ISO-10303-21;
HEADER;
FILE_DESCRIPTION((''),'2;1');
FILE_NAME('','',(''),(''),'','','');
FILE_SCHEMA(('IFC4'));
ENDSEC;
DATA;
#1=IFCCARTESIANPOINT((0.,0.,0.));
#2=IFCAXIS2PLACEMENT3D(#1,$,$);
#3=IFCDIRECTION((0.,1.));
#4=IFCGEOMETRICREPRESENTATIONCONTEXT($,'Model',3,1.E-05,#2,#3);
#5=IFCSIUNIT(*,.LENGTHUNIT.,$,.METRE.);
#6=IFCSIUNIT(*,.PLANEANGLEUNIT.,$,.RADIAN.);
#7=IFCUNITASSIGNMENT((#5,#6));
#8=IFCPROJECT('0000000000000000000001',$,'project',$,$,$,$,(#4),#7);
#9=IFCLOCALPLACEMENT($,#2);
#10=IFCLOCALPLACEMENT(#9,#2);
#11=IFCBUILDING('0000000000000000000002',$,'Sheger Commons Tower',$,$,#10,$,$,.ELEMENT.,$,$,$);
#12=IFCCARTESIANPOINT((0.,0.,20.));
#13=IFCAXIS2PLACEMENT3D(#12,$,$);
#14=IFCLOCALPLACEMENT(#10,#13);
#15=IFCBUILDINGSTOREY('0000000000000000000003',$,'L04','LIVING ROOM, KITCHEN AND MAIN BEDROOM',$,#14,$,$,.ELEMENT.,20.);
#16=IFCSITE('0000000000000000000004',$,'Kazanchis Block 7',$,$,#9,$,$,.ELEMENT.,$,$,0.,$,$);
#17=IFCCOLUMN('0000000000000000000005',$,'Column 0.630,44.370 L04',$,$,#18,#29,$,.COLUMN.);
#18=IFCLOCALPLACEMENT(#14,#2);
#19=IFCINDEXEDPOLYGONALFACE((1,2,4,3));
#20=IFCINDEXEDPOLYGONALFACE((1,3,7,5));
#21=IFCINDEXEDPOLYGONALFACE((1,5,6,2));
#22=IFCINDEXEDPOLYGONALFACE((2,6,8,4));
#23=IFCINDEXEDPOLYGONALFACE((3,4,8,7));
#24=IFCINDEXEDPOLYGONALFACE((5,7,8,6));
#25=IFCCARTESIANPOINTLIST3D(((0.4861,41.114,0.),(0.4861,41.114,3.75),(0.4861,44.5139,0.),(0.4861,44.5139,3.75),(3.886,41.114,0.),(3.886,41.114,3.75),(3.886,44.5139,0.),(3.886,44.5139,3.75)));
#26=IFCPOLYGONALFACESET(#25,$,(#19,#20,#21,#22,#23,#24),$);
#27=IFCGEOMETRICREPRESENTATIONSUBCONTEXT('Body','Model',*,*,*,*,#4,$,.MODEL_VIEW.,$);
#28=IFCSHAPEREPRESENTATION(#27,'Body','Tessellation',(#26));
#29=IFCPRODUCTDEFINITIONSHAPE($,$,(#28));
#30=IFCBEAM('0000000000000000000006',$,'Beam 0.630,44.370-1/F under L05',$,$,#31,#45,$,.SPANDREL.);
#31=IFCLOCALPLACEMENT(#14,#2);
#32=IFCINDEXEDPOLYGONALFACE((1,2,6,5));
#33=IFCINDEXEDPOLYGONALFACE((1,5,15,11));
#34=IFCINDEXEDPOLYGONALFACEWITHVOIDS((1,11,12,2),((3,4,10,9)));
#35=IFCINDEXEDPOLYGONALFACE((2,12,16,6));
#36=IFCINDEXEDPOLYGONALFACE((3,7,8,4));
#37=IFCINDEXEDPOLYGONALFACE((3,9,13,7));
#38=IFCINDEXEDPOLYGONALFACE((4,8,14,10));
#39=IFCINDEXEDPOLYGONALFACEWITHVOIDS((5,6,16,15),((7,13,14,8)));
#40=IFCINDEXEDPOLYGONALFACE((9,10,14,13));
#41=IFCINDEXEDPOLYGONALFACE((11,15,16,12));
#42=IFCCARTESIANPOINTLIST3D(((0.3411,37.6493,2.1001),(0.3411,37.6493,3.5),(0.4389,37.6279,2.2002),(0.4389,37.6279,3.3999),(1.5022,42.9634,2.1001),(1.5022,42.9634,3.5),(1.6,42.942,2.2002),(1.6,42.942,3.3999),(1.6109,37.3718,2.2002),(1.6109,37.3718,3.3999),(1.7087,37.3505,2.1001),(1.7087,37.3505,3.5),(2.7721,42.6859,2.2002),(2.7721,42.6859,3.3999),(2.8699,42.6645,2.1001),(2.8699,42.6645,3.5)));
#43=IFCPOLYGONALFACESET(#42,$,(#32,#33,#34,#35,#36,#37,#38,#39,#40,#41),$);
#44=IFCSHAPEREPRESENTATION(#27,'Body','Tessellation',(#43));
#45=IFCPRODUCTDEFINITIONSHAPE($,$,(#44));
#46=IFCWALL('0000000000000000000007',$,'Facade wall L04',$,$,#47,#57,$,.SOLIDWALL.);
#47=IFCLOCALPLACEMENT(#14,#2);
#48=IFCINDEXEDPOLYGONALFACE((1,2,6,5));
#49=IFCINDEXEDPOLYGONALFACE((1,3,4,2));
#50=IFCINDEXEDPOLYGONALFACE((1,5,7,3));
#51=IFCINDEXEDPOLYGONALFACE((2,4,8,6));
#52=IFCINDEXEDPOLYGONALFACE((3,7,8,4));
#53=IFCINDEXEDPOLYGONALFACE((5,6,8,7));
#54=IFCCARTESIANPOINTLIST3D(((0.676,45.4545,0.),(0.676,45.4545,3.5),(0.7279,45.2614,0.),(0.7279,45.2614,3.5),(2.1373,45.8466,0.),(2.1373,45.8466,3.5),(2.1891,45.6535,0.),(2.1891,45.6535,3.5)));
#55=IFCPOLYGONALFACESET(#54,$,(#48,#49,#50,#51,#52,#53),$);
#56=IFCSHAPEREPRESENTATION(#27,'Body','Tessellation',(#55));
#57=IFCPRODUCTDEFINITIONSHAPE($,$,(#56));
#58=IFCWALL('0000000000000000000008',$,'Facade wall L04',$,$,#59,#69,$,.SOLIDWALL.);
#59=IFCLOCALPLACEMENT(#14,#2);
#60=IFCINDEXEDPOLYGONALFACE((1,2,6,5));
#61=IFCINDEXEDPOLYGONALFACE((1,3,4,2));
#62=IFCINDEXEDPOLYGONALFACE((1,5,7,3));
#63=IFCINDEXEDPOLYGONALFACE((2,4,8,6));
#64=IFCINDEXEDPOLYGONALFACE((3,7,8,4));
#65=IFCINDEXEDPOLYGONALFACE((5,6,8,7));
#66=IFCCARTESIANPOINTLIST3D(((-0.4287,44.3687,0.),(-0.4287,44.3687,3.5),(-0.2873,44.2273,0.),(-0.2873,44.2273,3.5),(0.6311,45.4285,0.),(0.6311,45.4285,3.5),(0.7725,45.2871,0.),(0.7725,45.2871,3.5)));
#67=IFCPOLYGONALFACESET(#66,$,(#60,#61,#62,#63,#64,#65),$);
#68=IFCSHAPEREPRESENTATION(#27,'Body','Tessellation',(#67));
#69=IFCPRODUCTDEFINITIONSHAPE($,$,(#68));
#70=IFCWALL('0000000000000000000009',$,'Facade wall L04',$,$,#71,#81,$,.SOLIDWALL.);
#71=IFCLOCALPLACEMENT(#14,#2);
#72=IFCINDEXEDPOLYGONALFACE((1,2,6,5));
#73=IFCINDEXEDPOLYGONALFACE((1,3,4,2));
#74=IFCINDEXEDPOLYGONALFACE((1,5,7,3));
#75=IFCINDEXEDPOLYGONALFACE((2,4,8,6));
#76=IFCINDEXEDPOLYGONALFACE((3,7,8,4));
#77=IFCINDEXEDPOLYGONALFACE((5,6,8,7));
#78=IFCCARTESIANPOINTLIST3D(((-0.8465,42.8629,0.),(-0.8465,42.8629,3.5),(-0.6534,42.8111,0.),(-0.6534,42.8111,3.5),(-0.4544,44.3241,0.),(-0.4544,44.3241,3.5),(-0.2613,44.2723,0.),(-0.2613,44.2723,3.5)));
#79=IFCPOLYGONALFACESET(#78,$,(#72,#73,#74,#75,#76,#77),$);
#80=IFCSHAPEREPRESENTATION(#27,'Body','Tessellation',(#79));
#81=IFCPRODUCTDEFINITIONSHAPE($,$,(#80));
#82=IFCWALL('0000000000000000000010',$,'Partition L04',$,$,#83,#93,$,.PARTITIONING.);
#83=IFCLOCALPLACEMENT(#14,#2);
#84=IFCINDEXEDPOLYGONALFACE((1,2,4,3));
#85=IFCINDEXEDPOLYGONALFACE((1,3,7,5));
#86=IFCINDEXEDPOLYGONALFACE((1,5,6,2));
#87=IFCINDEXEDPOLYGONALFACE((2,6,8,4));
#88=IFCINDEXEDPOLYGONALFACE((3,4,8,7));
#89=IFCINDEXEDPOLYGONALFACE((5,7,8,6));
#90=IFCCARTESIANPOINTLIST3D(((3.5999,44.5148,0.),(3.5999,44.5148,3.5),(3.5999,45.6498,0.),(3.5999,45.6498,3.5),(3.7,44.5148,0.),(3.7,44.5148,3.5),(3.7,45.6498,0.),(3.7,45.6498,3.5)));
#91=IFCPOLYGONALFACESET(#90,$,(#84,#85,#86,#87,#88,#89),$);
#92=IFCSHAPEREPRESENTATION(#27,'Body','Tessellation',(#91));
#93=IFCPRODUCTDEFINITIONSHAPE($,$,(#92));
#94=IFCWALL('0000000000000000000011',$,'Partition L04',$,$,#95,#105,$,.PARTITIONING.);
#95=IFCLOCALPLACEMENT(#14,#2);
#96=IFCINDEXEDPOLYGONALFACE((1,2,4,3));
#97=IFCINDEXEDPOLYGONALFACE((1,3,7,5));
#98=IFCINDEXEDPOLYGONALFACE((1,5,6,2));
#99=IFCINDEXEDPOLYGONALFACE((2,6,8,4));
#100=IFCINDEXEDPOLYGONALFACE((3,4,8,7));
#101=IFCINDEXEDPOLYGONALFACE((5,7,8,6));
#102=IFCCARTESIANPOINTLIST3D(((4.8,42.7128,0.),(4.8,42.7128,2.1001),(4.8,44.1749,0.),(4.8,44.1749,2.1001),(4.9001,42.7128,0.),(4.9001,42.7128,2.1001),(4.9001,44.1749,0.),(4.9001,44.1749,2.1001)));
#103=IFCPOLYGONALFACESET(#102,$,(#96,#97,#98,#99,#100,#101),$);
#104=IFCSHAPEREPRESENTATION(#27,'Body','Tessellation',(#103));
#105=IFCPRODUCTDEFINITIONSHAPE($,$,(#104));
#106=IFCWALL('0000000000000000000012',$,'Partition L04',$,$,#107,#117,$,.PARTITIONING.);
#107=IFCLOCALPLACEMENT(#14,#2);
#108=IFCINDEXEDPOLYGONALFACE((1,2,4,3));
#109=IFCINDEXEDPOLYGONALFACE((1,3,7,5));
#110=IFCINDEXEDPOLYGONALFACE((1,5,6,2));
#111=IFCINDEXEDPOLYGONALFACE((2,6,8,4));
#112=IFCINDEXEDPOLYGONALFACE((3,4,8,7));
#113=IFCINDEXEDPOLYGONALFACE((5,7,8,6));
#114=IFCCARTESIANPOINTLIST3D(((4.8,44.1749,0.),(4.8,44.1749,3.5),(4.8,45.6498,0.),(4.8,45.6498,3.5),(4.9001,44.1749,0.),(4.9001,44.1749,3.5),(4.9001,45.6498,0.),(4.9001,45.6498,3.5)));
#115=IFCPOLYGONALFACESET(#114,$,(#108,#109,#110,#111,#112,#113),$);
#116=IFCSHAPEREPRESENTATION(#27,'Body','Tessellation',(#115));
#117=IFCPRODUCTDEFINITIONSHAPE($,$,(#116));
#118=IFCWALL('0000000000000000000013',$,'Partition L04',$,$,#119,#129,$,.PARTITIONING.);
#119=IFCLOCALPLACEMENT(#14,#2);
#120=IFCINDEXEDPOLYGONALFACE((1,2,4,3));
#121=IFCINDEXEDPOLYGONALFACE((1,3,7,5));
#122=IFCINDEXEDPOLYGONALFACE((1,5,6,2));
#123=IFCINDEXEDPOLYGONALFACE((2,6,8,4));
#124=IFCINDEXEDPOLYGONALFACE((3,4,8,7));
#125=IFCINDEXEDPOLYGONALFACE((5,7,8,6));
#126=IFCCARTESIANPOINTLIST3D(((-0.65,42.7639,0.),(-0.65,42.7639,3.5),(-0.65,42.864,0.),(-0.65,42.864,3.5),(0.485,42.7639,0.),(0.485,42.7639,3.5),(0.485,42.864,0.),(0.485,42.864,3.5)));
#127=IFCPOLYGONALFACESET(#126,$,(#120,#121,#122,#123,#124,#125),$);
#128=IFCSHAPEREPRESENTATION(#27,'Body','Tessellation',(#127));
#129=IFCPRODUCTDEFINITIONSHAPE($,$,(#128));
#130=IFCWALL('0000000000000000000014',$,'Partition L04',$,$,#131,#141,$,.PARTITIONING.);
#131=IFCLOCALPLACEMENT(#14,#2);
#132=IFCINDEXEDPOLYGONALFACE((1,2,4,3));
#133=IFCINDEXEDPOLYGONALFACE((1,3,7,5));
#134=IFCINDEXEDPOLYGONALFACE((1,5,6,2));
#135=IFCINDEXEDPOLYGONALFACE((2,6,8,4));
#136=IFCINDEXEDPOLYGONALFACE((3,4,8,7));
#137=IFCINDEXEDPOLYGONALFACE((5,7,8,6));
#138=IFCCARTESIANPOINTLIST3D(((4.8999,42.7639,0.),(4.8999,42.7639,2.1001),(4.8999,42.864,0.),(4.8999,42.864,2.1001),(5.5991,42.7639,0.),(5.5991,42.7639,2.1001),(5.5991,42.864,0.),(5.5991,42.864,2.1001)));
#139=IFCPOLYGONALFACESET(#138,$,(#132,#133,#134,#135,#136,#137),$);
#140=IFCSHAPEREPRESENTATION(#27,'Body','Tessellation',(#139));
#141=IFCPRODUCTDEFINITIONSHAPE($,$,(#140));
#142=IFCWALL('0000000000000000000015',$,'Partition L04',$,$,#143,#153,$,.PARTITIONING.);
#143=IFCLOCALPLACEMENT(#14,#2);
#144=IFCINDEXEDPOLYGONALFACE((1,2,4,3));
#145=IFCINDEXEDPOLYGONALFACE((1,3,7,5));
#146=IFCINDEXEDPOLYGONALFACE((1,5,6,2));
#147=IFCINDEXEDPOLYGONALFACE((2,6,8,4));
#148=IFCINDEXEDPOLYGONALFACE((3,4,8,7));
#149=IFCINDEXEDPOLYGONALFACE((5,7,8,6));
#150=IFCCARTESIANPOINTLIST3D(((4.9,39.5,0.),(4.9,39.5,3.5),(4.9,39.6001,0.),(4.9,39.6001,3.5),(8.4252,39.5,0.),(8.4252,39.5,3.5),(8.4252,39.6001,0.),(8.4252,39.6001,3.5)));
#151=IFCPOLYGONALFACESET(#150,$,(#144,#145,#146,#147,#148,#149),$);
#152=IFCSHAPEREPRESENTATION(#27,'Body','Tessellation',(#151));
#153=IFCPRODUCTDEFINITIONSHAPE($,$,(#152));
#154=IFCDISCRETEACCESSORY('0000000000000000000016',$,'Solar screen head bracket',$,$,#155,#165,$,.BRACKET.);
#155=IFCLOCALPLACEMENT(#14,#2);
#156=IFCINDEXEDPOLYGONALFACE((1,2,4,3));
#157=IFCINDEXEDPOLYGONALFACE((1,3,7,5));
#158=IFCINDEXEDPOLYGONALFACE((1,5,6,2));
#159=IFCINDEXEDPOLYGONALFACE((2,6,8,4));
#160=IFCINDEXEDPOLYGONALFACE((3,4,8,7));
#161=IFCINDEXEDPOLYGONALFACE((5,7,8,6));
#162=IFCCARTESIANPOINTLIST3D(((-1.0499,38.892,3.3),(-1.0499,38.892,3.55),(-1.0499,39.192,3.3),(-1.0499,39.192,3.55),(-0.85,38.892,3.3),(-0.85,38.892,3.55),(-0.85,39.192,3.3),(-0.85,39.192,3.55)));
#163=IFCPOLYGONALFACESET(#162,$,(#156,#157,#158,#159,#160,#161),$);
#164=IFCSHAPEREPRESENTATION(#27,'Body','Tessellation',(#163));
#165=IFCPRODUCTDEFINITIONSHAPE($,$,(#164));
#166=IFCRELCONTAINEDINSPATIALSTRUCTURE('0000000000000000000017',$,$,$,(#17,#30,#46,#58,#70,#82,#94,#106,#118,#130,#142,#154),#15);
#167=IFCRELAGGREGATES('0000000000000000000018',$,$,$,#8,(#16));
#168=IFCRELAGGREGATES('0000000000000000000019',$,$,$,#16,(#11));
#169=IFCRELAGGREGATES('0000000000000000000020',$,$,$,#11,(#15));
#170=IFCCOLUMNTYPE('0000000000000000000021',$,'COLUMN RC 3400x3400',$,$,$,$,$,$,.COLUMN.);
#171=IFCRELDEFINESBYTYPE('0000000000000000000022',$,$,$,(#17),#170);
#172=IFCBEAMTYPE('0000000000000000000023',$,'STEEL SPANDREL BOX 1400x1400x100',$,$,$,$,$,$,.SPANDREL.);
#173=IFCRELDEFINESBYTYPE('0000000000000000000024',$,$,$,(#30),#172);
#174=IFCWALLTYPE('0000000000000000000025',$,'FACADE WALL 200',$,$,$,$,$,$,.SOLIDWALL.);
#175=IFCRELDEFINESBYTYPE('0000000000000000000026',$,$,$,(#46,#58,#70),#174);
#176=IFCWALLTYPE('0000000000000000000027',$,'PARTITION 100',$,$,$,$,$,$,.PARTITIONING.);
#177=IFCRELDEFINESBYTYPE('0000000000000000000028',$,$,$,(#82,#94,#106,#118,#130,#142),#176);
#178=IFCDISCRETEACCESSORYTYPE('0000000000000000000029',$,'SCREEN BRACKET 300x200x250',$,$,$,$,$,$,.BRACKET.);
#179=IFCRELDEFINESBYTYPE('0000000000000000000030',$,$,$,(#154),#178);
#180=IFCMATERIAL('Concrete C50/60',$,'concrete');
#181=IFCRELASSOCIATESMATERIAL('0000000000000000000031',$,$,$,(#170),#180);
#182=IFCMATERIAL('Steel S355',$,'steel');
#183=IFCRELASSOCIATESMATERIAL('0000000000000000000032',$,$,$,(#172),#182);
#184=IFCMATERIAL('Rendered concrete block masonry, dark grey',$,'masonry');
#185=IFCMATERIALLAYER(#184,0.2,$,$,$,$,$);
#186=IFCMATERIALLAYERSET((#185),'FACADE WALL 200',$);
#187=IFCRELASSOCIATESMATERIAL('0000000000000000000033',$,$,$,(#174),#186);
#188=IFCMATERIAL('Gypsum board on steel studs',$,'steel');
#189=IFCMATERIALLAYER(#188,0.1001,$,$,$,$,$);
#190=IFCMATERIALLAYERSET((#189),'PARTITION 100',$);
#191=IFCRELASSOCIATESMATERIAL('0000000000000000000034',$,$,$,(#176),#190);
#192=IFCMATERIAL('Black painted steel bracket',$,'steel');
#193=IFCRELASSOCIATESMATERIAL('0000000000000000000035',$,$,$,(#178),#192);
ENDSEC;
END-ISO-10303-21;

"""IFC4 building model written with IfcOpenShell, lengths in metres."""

from ifc_helpers import new_model, si_unit, direction, frame, frame_2d, origin, origin_2d, place, context, subcontext, project, spatial, rectangle, hollow_rectangle, extrude, material, layer, layer_set, material_profile, profile_set, type_object, element, save


model = new_model("IFC4")

# Units and contexts
model_context = context("Model", 3, precision=1e-05, world=origin(), true_north=direction((0.0, 1.0)))
body_context = subcontext(model_context, "Body", "Model", "MODEL_VIEW")
ifc_project = project(units=[si_unit("LENGTHUNIT", "METRE"), si_unit("PLANEANGLEUNIT", "RADIAN")], contexts=[model_context])

# Site, building, storey
site_placement = place(None, origin())
site = spatial("IfcSite", under=ifc_project, at=site_placement, Name="Kazanchis Block 7", CompositionType="ELEMENT", RefElevation=0.0)
building_placement = place(site_placement, origin())
building = spatial("IfcBuilding", under=site, at=building_placement, Name="Sheger Commons Tower", CompositionType="ELEMENT")
storey_placement = place(building_placement, frame((0.0, 0.0, 20.0)))
storey = spatial("IfcBuildingStorey", under=building, at=storey_placement, Name="L04", Description="LIVING ROOM, KITCHEN AND MAIN BEDROOM", CompositionType="ELEMENT", Elevation=20.0)

# Column
ifc_material_1 = material(Name="Concrete C50/60", Category="concrete")
ifc_material_profile_1 = material_profile(ifc_material_1, rectangle(XDim=3.3999, YDim=3.3999, at=origin_2d()), Name="RC 3400x3400")
ifc_profile_set_1 = profile_set([ifc_material_profile_1], Name="Concrete C50/60")
column_type = type_object("IfcColumnType", Name="COLUMN RC 3400x3400", PredefinedType="COLUMN", material=ifc_profile_set_1)
column_placement = place(storey_placement, frame((2.186, 42.814, 0.0), z_axis=(0.0, 0.0, 1.0), x_axis=(1.0, 0.0, 0.0)))
element("IfcColumn", 1, at=column_placement, inside=storey, type_object=column_type, Name="Column 0.630,44.370 L04", PredefinedType="COLUMN", context=body_context, shape_type="SweptSolid", body=[
    extrude(rectangle(XDim=3.3999, YDim=3.3999, at=origin_2d()), origin(), (0.0, 0.0, 1.0), 3.75),
])

# Beam
ifc_material_2 = material(Name="Steel S355", Category="steel")
ifc_material_profile_2 = material_profile(ifc_material_2, hollow_rectangle(XDim=1.3999, YDim=1.3999, WallThickness=0.1001, at=origin_2d()), Name="BOX 1400x1400x100")
ifc_profile_set_2 = profile_set([ifc_material_profile_2], Name="Steel S355")
beam_type = type_object("IfcBeamType", Name="STEEL SPANDREL BOX 1400x1400x100", PredefinedType="SPANDREL", material=ifc_profile_set_2)
beam_placement = place(storey_placement, frame((2.186, 42.814, 2.8), z_axis=(-0.213469, -0.97695, 0.0), x_axis=(0.97695, -0.213469, 0.0)))
element("IfcBeam", 2, at=beam_placement, inside=storey, type_object=beam_type, Name="Beam 0.630,44.370-1/F under L05", PredefinedType="SPANDREL", context=body_context, shape_type="SweptSolid", body=[
    extrude(hollow_rectangle(XDim=1.3999, YDim=1.3999, WallThickness=0.1001, at=origin_2d()), origin(), (0.0, 0.0, 1.0), 5.4395),
])

# Walls
ifc_material_3 = material(Name="Rendered concrete block masonry, dark grey", Category="masonry")
ifc_layer_1 = layer(ifc_material_3, 0.2)
ifc_layer_set_1 = layer_set([ifc_layer_1], Name="FACADE WALL 200")
wall_type_1 = type_object("IfcWallType", Name="FACADE WALL 200", PredefinedType="SOLIDWALL", material=ifc_layer_set_1)
wall_1_placement = place(storey_placement, frame((2.1631, 45.75, 0.0), z_axis=(0.0, 0.0, 1.0), x_axis=(-0.965832, -0.259169, 0.0)))
element("IfcWall", 3, at=wall_1_placement, inside=storey, type_object=wall_type_1, Name="Facade wall L04", PredefinedType="SOLIDWALL", context=body_context, shape_type="SweptSolid", body=[
    extrude(rectangle(XDim=1.5129, YDim=0.2, at=frame_2d((0.7563, 0.0))), origin(), (0.0, 0.0, 1.0), 3.5),
])
wall_2_placement = place(storey_placement, frame((0.7019, 45.3579, 0.0), z_axis=(0.0, 0.0, 1.0), x_axis=(-0.707107, -0.707107, 0.0)))
element("IfcWall", 4, at=wall_2_placement, inside=storey, type_object=wall_type_1, Name="Facade wall L04", PredefinedType="SOLIDWALL", context=body_context, shape_type="SweptSolid", body=[
    extrude(rectangle(XDim=1.4988, YDim=0.2, at=frame_2d((0.7495, 0.0))), origin(), (0.0, 0.0, 1.0), 3.5),
])
wall_3_placement = place(storey_placement, frame((-0.3579, 44.2981, 0.0), z_axis=(0.0, 0.0, 1.0), x_axis=(-0.259169, -0.965832, 0.0)))
element("IfcWall", 5, at=wall_3_placement, inside=storey, type_object=wall_type_1, Name="Facade wall L04", PredefinedType="SOLIDWALL", context=body_context, shape_type="SweptSolid", body=[
    extrude(rectangle(XDim=1.5129, YDim=0.2, at=frame_2d((0.7563, 0.0))), origin(), (0.0, 0.0, 1.0), 3.5),
])

# Walls
ifc_material_4 = material(Name="Gypsum board on steel studs", Category="steel")
ifc_layer_2 = layer(ifc_material_4, 0.1001)
ifc_layer_set_2 = layer_set([ifc_layer_2], Name="PARTITION 100")
wall_type_2 = type_object("IfcWallType", Name="PARTITION 100", PredefinedType="PARTITIONING", material=ifc_layer_set_2)
wall_4_placement = place(storey_placement, frame((3.6499, 44.5149, 0.0), z_axis=(0.0, 0.0, 1.0), x_axis=(0.0, 1.0, 0.0)))
element("IfcWall", 6, at=wall_4_placement, inside=storey, type_object=wall_type_2, Name="Partition L04", PredefinedType="PARTITIONING", context=body_context, shape_type="SweptSolid", body=[
    extrude(rectangle(XDim=1.135, YDim=0.1001, at=frame_2d((0.5674, 0.0))), origin(), (0.0, 0.0, 1.0), 3.5),
])
wall_5_placement = place(storey_placement, frame((4.8501, 42.7129, 0.0), z_axis=(0.0, 0.0, 1.0), x_axis=(0.0, 1.0, 0.0)))
element("IfcWall", 7, at=wall_5_placement, inside=storey, type_object=wall_type_2, Name="Partition L04", PredefinedType="PARTITIONING", context=body_context, shape_type="SweptSolid", body=[
    extrude(rectangle(XDim=1.4622, YDim=0.1001, at=frame_2d((0.731, 0.0))), origin(), (0.0, 0.0, 1.0), 2.1001),
])
wall_6_placement = place(storey_placement, frame((4.8501, 44.175, 0.0), z_axis=(0.0, 0.0, 1.0), x_axis=(0.0, 1.0, 0.0)))
element("IfcWall", 8, at=wall_6_placement, inside=storey, type_object=wall_type_2, Name="Partition L04", PredefinedType="PARTITIONING", context=body_context, shape_type="SweptSolid", body=[
    extrude(rectangle(XDim=1.4749, YDim=0.1001, at=frame_2d((0.7373, 0.0))), origin(), (0.0, 0.0, 1.0), 3.5),
])
wall_7_placement = place(storey_placement, frame((-0.6499, 42.814, 0.0), z_axis=(0.0, 0.0, 1.0), x_axis=(1.0, 0.0, 0.0)))
element("IfcWall", 9, at=wall_7_placement, inside=storey, type_object=wall_type_2, Name="Partition L04", PredefinedType="PARTITIONING", context=body_context, shape_type="SweptSolid", body=[
    extrude(rectangle(XDim=1.135, YDim=0.1001, at=frame_2d((0.5674, 0.0))), origin(), (0.0, 0.0, 1.0), 3.5),
])
wall_8_placement = place(storey_placement, frame((4.8999, 42.814, 0.0), z_axis=(0.0, 0.0, 1.0), x_axis=(1.0, 0.0, 0.0)))
element("IfcWall", 10, at=wall_8_placement, inside=storey, type_object=wall_type_2, Name="Partition L04", PredefinedType="PARTITIONING", context=body_context, shape_type="SweptSolid", body=[
    extrude(rectangle(XDim=0.6992, YDim=0.1001, at=frame_2d((0.3496, 0.0))), origin(), (0.0, 0.0, 1.0), 2.1001),
])
wall_9_placement = place(storey_placement, frame((4.8999, 39.55, 0.0), z_axis=(0.0, 0.0, 1.0), x_axis=(1.0, 0.0, 0.0)))
element("IfcWall", 11, at=wall_9_placement, inside=storey, type_object=wall_type_2, Name="Partition L04", PredefinedType="PARTITIONING", context=body_context, shape_type="SweptSolid", body=[
    extrude(rectangle(XDim=3.5251, YDim=0.1001, at=frame_2d((1.7627, 0.0))), origin(), (0.0, 0.0, 1.0), 3.5),
])

# Discrete accessory
ifc_material_5 = material(Name="Black painted steel bracket", Category="steel")
discrete_accessory_type = type_object("IfcDiscreteAccessoryType", Name="SCREEN BRACKET 300x200x250", PredefinedType="BRACKET", material=ifc_material_5)
discrete_accessory_placement = place(storey_placement, frame((-0.95, 39.042, 3.3), z_axis=(0.0, 0.0, 1.0), x_axis=(0.0, -1.0, 0.0)))
element("IfcDiscreteAccessory", 12, at=discrete_accessory_placement, inside=storey, type_object=discrete_accessory_type, Name="Solar screen head bracket", PredefinedType="BRACKET", context=body_context, shape_type="SweptSolid", body=[
    extrude(rectangle(XDim=0.3, YDim=0.2, at=origin_2d()), origin(), (0.0, 0.0, 1.0), 0.25),
])

save(model, "model.ifc")
